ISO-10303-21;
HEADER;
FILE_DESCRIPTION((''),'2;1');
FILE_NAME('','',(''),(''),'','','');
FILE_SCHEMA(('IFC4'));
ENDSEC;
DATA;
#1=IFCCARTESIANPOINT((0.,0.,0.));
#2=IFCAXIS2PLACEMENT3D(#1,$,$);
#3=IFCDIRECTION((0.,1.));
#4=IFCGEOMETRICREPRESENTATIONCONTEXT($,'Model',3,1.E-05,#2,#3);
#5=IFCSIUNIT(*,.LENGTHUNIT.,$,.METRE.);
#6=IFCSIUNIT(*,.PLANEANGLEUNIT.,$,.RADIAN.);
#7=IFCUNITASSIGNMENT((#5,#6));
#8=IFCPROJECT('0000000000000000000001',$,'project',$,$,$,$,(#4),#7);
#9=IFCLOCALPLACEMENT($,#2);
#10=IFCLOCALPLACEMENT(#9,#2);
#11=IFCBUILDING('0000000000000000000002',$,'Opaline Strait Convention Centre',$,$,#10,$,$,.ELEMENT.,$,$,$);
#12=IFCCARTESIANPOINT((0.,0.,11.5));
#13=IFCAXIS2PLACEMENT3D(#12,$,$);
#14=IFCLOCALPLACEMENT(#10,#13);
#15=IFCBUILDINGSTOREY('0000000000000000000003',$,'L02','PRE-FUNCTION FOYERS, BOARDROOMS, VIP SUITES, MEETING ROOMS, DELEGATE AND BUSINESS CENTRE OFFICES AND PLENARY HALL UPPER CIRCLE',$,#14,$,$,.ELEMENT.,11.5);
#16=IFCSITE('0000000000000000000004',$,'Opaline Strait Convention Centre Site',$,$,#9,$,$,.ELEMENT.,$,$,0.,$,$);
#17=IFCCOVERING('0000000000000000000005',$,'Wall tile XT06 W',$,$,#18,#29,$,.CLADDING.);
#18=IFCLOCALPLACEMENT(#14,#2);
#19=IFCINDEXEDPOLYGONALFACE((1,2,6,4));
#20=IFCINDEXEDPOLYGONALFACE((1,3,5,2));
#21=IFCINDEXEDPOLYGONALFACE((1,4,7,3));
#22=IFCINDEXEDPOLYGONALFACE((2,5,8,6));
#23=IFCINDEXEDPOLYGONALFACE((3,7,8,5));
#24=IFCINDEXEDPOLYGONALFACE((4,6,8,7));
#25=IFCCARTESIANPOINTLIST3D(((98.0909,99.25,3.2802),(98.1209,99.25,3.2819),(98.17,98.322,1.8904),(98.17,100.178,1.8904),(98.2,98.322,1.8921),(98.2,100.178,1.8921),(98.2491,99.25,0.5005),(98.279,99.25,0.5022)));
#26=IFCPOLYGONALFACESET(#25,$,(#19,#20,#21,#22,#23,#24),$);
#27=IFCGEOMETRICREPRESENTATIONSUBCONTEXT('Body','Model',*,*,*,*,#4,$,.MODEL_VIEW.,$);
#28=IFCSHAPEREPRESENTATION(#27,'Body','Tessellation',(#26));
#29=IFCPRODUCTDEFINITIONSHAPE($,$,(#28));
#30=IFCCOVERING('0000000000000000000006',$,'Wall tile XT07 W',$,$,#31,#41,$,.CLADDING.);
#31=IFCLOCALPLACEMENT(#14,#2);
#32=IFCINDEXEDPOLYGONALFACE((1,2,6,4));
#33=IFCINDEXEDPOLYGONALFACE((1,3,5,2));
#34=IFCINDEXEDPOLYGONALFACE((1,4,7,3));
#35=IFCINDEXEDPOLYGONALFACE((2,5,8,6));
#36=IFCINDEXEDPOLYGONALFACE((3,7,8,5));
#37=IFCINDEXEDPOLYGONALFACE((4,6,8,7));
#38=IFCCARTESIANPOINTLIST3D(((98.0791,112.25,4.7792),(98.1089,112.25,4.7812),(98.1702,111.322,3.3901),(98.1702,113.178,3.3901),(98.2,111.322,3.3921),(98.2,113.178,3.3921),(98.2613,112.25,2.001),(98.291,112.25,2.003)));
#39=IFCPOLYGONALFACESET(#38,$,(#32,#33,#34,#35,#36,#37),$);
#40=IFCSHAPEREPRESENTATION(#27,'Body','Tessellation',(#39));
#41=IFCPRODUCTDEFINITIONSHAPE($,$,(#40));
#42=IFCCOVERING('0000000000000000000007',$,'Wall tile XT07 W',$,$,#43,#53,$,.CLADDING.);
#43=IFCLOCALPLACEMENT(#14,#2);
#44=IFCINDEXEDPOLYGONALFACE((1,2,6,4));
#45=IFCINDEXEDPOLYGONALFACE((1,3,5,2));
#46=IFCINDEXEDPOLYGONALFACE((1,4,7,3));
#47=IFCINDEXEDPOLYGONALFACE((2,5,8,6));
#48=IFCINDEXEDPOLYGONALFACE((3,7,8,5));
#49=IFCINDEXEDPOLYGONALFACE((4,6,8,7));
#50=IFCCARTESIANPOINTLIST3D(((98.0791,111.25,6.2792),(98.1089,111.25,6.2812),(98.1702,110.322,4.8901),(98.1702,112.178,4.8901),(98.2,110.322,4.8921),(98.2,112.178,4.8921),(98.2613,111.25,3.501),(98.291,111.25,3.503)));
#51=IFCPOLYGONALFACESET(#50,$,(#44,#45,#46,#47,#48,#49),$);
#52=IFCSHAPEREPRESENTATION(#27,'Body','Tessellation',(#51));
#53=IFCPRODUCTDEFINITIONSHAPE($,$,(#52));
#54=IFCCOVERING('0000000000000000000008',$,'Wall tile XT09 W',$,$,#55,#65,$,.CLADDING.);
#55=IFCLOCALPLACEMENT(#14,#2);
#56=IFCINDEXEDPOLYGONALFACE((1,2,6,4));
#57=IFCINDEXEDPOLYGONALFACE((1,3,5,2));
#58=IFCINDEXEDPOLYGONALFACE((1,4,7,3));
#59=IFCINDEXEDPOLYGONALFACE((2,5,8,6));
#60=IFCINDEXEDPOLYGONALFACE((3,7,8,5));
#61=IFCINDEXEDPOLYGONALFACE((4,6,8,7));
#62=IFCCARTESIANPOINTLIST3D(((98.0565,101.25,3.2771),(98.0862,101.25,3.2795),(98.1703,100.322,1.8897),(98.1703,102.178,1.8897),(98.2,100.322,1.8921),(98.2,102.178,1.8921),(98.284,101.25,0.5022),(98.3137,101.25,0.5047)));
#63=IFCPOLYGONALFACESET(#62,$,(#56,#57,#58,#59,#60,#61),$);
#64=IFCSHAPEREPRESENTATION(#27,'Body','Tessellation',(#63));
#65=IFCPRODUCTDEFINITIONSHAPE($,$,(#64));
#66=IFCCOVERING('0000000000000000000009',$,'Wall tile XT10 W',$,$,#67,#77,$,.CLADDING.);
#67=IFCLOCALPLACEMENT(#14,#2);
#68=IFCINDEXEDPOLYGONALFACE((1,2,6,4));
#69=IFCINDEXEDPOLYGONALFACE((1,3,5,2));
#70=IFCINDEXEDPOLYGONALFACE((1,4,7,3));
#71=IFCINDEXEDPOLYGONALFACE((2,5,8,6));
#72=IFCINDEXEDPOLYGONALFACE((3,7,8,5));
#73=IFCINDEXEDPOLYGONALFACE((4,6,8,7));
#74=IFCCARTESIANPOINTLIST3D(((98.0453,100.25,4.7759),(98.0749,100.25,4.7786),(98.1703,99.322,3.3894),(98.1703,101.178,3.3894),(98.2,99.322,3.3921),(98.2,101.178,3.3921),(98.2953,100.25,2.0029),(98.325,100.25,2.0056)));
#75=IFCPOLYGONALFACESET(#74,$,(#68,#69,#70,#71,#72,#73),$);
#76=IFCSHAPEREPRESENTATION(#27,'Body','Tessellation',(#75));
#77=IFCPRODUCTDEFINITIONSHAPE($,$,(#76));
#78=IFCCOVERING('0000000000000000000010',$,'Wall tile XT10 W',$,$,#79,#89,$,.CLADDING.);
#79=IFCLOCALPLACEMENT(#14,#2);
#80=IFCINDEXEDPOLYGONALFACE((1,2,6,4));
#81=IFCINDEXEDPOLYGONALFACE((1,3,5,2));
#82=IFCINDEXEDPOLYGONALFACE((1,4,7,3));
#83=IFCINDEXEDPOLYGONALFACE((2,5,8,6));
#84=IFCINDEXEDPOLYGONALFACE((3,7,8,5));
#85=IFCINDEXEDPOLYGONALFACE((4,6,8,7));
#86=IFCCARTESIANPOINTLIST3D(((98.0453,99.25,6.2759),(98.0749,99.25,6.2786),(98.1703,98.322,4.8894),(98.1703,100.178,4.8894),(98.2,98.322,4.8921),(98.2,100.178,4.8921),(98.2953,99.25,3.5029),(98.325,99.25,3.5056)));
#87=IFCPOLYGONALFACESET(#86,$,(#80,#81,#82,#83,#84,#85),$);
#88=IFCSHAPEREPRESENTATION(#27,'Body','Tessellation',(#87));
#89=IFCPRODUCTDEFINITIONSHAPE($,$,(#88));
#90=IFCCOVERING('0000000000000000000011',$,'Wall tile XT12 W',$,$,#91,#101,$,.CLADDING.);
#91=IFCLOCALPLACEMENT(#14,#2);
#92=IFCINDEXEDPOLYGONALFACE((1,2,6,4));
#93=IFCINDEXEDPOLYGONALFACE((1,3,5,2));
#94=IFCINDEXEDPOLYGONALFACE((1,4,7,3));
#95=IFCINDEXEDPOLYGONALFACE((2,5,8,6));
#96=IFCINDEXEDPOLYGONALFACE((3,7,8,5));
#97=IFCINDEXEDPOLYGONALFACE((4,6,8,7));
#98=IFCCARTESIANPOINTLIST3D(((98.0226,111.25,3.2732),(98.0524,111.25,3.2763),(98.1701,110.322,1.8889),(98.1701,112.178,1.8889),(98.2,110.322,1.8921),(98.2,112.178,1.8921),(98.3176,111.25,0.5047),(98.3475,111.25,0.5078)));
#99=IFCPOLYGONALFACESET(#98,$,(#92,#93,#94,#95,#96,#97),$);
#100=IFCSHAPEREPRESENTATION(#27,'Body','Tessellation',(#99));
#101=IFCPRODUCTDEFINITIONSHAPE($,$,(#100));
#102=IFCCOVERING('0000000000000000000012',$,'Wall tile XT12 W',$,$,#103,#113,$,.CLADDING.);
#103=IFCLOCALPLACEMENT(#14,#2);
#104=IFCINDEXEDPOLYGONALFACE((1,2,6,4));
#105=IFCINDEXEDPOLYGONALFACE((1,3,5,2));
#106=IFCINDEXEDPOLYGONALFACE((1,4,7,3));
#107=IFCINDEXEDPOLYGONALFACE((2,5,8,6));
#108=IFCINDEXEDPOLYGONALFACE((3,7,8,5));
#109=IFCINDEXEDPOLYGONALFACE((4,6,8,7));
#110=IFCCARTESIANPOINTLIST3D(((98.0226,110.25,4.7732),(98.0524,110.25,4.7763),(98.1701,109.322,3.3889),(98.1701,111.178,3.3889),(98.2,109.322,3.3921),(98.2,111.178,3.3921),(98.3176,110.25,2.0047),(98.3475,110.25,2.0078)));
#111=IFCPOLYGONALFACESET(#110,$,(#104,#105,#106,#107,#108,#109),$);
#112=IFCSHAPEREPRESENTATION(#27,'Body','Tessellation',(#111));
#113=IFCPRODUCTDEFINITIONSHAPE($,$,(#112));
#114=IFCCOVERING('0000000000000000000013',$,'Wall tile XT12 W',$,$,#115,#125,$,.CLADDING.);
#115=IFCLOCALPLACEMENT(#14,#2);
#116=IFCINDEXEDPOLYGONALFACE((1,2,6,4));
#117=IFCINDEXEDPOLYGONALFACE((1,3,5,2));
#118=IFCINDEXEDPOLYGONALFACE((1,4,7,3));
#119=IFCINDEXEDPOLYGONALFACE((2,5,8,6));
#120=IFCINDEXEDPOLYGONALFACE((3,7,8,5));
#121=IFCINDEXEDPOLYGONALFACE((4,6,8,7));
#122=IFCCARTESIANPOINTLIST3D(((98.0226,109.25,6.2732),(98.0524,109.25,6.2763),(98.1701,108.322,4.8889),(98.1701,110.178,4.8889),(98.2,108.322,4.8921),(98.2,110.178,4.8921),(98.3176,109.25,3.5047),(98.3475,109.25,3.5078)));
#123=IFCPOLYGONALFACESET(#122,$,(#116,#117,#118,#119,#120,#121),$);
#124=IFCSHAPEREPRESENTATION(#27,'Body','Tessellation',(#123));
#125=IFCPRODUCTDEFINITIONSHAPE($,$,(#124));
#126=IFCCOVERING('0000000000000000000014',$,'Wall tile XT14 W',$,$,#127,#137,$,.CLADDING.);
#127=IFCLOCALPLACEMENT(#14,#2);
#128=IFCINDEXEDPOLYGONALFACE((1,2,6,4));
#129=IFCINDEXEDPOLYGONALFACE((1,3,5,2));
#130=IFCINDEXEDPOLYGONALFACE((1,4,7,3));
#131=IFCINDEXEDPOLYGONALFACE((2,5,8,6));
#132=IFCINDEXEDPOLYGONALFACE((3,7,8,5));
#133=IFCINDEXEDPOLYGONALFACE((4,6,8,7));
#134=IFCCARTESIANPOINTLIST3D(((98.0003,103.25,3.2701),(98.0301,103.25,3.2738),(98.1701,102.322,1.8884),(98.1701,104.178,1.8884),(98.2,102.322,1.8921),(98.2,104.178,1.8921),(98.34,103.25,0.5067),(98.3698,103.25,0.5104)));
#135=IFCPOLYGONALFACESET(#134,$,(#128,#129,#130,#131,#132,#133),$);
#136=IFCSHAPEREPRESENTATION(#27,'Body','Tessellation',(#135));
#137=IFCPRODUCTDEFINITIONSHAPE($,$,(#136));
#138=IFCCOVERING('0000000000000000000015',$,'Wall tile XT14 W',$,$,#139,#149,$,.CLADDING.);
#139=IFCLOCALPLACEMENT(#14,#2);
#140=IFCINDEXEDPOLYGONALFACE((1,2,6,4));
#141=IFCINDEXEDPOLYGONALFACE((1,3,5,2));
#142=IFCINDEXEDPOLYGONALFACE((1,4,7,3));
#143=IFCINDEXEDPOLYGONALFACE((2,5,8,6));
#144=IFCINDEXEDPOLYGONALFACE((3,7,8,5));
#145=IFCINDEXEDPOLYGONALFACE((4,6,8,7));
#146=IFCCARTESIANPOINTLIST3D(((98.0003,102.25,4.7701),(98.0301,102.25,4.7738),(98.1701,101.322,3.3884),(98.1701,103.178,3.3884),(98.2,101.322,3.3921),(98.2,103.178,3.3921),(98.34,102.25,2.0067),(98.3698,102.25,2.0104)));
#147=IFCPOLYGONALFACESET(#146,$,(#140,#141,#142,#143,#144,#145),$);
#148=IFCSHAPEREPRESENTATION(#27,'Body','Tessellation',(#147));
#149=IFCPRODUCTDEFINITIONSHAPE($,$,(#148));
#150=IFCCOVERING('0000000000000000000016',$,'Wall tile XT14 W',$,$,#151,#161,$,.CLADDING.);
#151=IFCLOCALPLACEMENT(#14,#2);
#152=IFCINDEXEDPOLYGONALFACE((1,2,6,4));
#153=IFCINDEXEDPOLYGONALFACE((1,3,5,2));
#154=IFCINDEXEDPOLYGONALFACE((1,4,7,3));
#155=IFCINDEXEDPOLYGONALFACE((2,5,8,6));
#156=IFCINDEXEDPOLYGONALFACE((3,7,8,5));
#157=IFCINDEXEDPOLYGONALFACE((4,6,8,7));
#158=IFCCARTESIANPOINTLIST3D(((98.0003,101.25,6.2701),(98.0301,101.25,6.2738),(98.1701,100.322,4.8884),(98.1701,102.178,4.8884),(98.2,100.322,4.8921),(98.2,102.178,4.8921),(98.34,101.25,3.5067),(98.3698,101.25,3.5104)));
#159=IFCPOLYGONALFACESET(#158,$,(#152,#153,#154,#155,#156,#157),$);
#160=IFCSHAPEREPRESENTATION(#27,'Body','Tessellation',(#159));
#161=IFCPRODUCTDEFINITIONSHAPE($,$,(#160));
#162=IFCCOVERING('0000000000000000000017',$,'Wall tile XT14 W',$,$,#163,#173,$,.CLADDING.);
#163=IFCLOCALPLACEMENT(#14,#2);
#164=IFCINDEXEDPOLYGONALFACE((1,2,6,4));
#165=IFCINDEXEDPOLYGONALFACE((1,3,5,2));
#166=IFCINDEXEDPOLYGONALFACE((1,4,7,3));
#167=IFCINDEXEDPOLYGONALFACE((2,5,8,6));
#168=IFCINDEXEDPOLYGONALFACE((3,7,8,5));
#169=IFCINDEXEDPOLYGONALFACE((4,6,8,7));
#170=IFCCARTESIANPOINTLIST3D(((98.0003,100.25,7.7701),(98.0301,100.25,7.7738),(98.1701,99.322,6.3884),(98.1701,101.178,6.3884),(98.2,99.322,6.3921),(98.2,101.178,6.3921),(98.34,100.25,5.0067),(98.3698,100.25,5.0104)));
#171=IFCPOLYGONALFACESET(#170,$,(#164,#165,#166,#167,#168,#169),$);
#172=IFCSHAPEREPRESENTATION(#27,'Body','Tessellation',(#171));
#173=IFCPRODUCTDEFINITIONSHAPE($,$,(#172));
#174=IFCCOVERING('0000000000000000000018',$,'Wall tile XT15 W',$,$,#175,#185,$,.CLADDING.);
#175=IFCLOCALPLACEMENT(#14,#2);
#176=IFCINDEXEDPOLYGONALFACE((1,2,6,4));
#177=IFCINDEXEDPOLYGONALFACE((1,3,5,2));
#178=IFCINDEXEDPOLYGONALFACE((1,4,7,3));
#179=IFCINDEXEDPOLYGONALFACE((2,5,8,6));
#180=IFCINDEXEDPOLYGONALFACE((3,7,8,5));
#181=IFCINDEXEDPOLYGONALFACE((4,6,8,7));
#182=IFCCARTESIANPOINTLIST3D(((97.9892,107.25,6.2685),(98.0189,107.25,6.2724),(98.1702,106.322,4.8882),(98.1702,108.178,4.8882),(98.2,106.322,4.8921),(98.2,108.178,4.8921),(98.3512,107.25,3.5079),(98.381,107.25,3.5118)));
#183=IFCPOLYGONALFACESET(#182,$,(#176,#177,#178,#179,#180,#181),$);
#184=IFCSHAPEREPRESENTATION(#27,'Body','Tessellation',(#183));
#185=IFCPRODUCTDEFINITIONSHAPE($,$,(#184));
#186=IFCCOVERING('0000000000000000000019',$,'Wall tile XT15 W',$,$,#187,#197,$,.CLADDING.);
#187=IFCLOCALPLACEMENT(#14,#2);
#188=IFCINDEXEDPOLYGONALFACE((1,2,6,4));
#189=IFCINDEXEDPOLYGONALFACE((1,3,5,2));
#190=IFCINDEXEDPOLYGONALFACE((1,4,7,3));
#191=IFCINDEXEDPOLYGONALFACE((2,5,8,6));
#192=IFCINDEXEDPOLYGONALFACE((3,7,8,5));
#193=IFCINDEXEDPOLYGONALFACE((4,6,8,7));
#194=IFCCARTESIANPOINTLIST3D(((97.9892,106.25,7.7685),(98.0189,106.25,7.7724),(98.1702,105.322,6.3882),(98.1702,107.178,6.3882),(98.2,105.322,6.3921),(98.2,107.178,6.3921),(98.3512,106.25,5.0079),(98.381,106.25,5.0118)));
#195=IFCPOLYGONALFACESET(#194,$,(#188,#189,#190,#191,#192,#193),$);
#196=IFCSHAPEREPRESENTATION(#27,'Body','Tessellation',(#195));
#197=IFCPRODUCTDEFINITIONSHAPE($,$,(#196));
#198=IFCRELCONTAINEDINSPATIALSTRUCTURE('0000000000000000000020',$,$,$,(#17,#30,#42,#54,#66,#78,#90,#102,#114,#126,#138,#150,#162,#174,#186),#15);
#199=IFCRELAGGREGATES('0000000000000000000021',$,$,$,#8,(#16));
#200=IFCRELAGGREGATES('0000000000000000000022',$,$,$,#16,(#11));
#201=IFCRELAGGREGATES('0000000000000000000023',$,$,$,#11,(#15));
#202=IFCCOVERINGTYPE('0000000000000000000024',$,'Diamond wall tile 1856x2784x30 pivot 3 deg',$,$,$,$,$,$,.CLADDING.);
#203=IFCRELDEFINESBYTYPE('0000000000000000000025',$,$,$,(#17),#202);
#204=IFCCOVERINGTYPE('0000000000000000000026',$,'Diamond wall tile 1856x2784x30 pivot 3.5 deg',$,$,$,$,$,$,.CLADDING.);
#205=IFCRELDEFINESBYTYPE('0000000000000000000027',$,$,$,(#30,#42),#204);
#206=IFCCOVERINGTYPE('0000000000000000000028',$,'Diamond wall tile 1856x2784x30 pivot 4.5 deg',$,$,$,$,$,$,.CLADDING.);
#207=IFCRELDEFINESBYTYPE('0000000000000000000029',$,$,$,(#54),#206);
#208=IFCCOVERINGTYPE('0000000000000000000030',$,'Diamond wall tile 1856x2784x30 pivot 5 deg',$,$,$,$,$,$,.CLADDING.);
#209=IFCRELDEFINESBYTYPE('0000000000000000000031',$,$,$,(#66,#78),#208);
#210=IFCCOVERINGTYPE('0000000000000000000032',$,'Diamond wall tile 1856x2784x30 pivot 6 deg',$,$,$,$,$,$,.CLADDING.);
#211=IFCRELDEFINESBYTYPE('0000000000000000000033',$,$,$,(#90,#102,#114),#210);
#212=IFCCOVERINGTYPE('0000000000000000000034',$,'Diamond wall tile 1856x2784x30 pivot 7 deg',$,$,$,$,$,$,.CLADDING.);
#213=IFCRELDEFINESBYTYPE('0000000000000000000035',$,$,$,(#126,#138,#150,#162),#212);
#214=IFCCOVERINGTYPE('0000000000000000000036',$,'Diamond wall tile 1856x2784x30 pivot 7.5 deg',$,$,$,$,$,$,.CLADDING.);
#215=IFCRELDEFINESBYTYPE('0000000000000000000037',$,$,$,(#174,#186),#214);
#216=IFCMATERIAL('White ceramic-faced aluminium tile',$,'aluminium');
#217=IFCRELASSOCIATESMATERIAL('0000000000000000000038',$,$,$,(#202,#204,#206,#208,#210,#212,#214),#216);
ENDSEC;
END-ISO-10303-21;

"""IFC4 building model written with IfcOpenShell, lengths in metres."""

from ifc_helpers import new_model, si_unit, direction, frame, origin, place, context, subcontext, project, spatial, polyline, outline, extrude, material, material_profile, profile_set, type_object, element, save


model = new_model("IFC4")

# Units and contexts
model_context = context("Model", 3, precision=1e-05, world=origin(), true_north=direction((0.0, 1.0)))
body_context = subcontext(model_context, "Body", "Model", "MODEL_VIEW")
ifc_project = project(units=[si_unit("LENGTHUNIT", "METRE"), si_unit("PLANEANGLEUNIT", "RADIAN")], contexts=[model_context])

# Site, building, storey
site_placement = place(None, origin())
site = spatial("IfcSite", under=ifc_project, at=site_placement, Name="Opaline Strait Convention Centre Site", CompositionType="ELEMENT", RefElevation=0.0)
building_placement = place(site_placement, origin())
building = spatial("IfcBuilding", under=site, at=building_placement, Name="Opaline Strait Convention Centre", CompositionType="ELEMENT")
storey_placement = place(building_placement, frame((0.0, 0.0, 11.5)))
storey = spatial("IfcBuildingStorey", under=building, at=storey_placement, Name="L02", Description="PRE-FUNCTION FOYERS, BOARDROOMS, VIP SUITES, MEETING ROOMS, DELEGATE AND BUSINESS CENTRE OFFICES AND PLENARY HALL UPPER CIRCLE", CompositionType="ELEMENT", Elevation=11.5)

# Coverings
ifc_material = material(Name="White ceramic-faced aluminium tile", Category="aluminium")
ifc_material_profile_1 = material_profile(ifc_material, outline(polyline([(0.928, 0.0), (0.0, 1.3921), (-0.928, 0.0), (0.0, -1.3921), (0.928, 0.0)])), Name="Diamond tile 1856x2784")
ifc_profile_set_1 = profile_set([ifc_material_profile_1], Name="White ceramic-faced aluminium tile")
covering_type_1 = type_object("IfcCoveringType", Name="Diamond wall tile 1856x2784x30 pivot 3 deg", PredefinedType="CLADDING", material=ifc_profile_set_1)
covering_1_placement = place(storey_placement, frame((98.2, 99.25, 1.8921), z_axis=(-0.998385, 0.0, -0.056819), x_axis=(0.0, -1.0, 0.0)))
element("IfcCovering", 1, at=covering_1_placement, inside=storey, type_object=covering_type_1, Name="Wall tile XT06 W", PredefinedType="CLADDING", context=body_context, shape_type="SweptSolid", body=[
    extrude(outline(polyline([(0.928, 0.0), (0.0, 1.3921), (-0.928, 0.0), (0.0, -1.3921), (0.928, 0.0)])), origin(), (0.0, 0.0, 1.0), 0.03),
])
ifc_material_profile_2 = material_profile(ifc_material, outline(polyline([(0.928, 0.0), (0.0, 1.3921), (-0.928, 0.0), (0.0, -1.3921), (0.928, 0.0)])), Name="Diamond tile 1856x2784")
ifc_profile_set_2 = profile_set([ifc_material_profile_2], Name="White ceramic-faced aluminium tile")
covering_type_2 = type_object("IfcCoveringType", Name="Diamond wall tile 1856x2784x30 pivot 3.5 deg", PredefinedType="CLADDING", material=ifc_profile_set_2)
for number, where, z_axis, x_axis, name in (
    (2, (98.2, 112.25, 3.3921), (-0.997857, 0.0, -0.065433), (0.0, -1.0, 0.0), "Wall tile XT07 W"),
    (3, (98.2, 111.25, 4.8921), (-0.997857, 0.0, -0.065433), (0.0, -1.0, 0.0), "Wall tile XT07 W"),
):
    element("IfcCovering", number, at=place(storey_placement, frame(where, z_axis=z_axis, x_axis=x_axis)), inside=storey, type_object=covering_type_2, Name=name, PredefinedType="CLADDING", context=body_context, shape_type="SweptSolid", body=[
        extrude(outline(polyline([(0.928, 0.0), (0.0, 1.3921), (-0.928, 0.0), (0.0, -1.3921), (0.928, 0.0)])), origin(), (0.0, 0.0, 1.0), 0.0298),
    ])
ifc_material_profile_3 = material_profile(ifc_material, outline(polyline([(0.928, 0.0), (0.0, 1.3921), (-0.928, 0.0), (0.0, -1.3921), (0.928, 0.0)])), Name="Diamond tile 1856x2784")
ifc_profile_set_3 = profile_set([ifc_material_profile_3], Name="White ceramic-faced aluminium tile")
covering_type_3 = type_object("IfcCoveringType", Name="Diamond wall tile 1856x2784x30 pivot 4.5 deg", PredefinedType="CLADDING", material=ifc_profile_set_3)
covering_2_placement = place(storey_placement, frame((98.2, 101.25, 1.8921), z_axis=(-0.996658, 0.0, -0.081693), x_axis=(0.0, -1.0, 0.0)))
element("IfcCovering", 4, at=covering_2_placement, inside=storey, type_object=covering_type_3, Name="Wall tile XT09 W", PredefinedType="CLADDING", context=body_context, shape_type="SweptSolid", body=[
    extrude(outline(polyline([(0.928, 0.0), (0.0, 1.3921), (-0.928, 0.0), (0.0, -1.3921), (0.928, 0.0)])), origin(), (0.0, 0.0, 1.0), 0.0298),
])
ifc_material_profile_4 = material_profile(ifc_material, outline(polyline([(0.928, 0.0), (0.0, 1.3921), (-0.928, 0.0), (0.0, -1.3921), (0.928, 0.0)])), Name="Diamond tile 1856x2784")
ifc_profile_set_4 = profile_set([ifc_material_profile_4], Name="White ceramic-faced aluminium tile")
covering_type_4 = type_object("IfcCoveringType", Name="Diamond wall tile 1856x2784x30 pivot 5 deg", PredefinedType="CLADDING", material=ifc_profile_set_4)
for number, where, z_axis, x_axis, name in (
    (5, (98.2, 100.25, 3.3921), (-0.99596, 0.0, -0.0898), (0.0, -1.0, 0.0), "Wall tile XT10 W"),
    (6, (98.2, 99.25, 4.8921), (-0.99596, 0.0, -0.0898), (0.0, -1.0, 0.0), "Wall tile XT10 W"),
):
    element("IfcCovering", number, at=place(storey_placement, frame(where, z_axis=z_axis, x_axis=x_axis)), inside=storey, type_object=covering_type_4, Name=name, PredefinedType="CLADDING", context=body_context, shape_type="SweptSolid", body=[
        extrude(outline(polyline([(0.928, 0.0), (0.0, 1.3921), (-0.928, 0.0), (0.0, -1.3921), (0.928, 0.0)])), origin(), (0.0, 0.0, 1.0), 0.0298),
    ])
ifc_material_profile_5 = material_profile(ifc_material, outline(polyline([(0.928, 0.0), (0.0, 1.3921), (-0.928, 0.0), (0.0, -1.3921), (0.928, 0.0)])), Name="Diamond tile 1856x2784")
ifc_profile_set_5 = profile_set([ifc_material_profile_5], Name="White ceramic-faced aluminium tile")
covering_type_5 = type_object("IfcCoveringType", Name="Diamond wall tile 1856x2784x30 pivot 6 deg", PredefinedType="CLADDING", material=ifc_profile_set_5)
for number, where, z_axis, x_axis, name in (
    (7, (98.2, 111.25, 1.8921), (-0.994371, 0.0, -0.105958), (0.0, -1.0, 0.0), "Wall tile XT12 W"),
    (8, (98.2, 110.25, 3.3921), (-0.994371, 0.0, -0.105958), (0.0, -1.0, 0.0), "Wall tile XT12 W"),
    (9, (98.2, 109.25, 4.8921), (-0.994371, 0.0, -0.105958), (0.0, -1.0, 0.0), "Wall tile XT12 W"),
):
    element("IfcCovering", number, at=place(storey_placement, frame(where, z_axis=z_axis, x_axis=x_axis)), inside=storey, type_object=covering_type_5, Name=name, PredefinedType="CLADDING", context=body_context, shape_type="SweptSolid", body=[
        extrude(outline(polyline([(0.928, 0.0), (0.0, 1.3921), (-0.928, 0.0), (0.0, -1.3921), (0.928, 0.0)])), origin(), (0.0, 0.0, 1.0), 0.03),
    ])
ifc_material_profile_6 = material_profile(ifc_material, outline(polyline([(0.928, 0.0), (0.0, 1.3921), (-0.928, 0.0), (0.0, -1.3921), (0.928, 0.0)])), Name="Diamond tile 1856x2784")
ifc_profile_set_6 = profile_set([ifc_material_profile_6], Name="White ceramic-faced aluminium tile")
covering_type_6 = type_object("IfcCoveringType", Name="Diamond wall tile 1856x2784x30 pivot 7 deg", PredefinedType="CLADDING", material=ifc_profile_set_6)
for number, where, z_axis, x_axis, name in (
    (10, (98.2, 103.25, 1.8921), (-0.992526, 0.0, -0.122032), (0.0, -1.0, 0.0), "Wall tile XT14 W"),
    (11, (98.2, 102.25, 3.3921), (-0.992526, 0.0, -0.122032), (0.0, -1.0, 0.0), "Wall tile XT14 W"),
    (12, (98.2, 101.25, 4.8921), (-0.992526, 0.0, -0.122032), (0.0, -1.0, 0.0), "Wall tile XT14 W"),
    (13, (98.2, 100.25, 6.3921), (-0.992526, 0.0, -0.122032), (0.0, -1.0, 0.0), "Wall tile XT14 W"),
):
    element("IfcCovering", number, at=place(storey_placement, frame(where, z_axis=z_axis, x_axis=x_axis)), inside=storey, type_object=covering_type_6, Name=name, PredefinedType="CLADDING", context=body_context, shape_type="SweptSolid", body=[
        extrude(outline(polyline([(0.928, 0.0), (0.0, 1.3921), (-0.928, 0.0), (0.0, -1.3921), (0.928, 0.0)])), origin(), (0.0, 0.0, 1.0), 0.03),
    ])
ifc_material_profile_7 = material_profile(ifc_material, outline(polyline([(0.928, 0.0), (0.0, 1.3921), (-0.928, 0.0), (0.0, -1.3921), (0.928, 0.0)])), Name="Diamond tile 1856x2784")
ifc_profile_set_7 = profile_set([ifc_material_profile_7], Name="White ceramic-faced aluminium tile")
covering_type_7 = type_object("IfcCoveringType", Name="Diamond wall tile 1856x2784x30 pivot 7.5 deg", PredefinedType="CLADDING", material=ifc_profile_set_7)
for number, where, z_axis, x_axis, name in (
    (14, (98.2, 107.25, 4.8921), (-0.99151, 0.0, -0.130034), (0.0, -1.0, 0.0), "Wall tile XT15 W"),
    (15, (98.2, 106.25, 6.3921), (-0.99151, 0.0, -0.130034), (0.0, -1.0, 0.0), "Wall tile XT15 W"),
):
    element("IfcCovering", number, at=place(storey_placement, frame(where, z_axis=z_axis, x_axis=x_axis)), inside=storey, type_object=covering_type_7, Name=name, PredefinedType="CLADDING", context=body_context, shape_type="SweptSolid", body=[
        extrude(outline(polyline([(0.928, 0.0), (0.0, 1.3921), (-0.928, 0.0), (0.0, -1.3921), (0.928, 0.0)])), origin(), (0.0, 0.0, 1.0), 0.03),
    ])

save(model, "model.ifc")
